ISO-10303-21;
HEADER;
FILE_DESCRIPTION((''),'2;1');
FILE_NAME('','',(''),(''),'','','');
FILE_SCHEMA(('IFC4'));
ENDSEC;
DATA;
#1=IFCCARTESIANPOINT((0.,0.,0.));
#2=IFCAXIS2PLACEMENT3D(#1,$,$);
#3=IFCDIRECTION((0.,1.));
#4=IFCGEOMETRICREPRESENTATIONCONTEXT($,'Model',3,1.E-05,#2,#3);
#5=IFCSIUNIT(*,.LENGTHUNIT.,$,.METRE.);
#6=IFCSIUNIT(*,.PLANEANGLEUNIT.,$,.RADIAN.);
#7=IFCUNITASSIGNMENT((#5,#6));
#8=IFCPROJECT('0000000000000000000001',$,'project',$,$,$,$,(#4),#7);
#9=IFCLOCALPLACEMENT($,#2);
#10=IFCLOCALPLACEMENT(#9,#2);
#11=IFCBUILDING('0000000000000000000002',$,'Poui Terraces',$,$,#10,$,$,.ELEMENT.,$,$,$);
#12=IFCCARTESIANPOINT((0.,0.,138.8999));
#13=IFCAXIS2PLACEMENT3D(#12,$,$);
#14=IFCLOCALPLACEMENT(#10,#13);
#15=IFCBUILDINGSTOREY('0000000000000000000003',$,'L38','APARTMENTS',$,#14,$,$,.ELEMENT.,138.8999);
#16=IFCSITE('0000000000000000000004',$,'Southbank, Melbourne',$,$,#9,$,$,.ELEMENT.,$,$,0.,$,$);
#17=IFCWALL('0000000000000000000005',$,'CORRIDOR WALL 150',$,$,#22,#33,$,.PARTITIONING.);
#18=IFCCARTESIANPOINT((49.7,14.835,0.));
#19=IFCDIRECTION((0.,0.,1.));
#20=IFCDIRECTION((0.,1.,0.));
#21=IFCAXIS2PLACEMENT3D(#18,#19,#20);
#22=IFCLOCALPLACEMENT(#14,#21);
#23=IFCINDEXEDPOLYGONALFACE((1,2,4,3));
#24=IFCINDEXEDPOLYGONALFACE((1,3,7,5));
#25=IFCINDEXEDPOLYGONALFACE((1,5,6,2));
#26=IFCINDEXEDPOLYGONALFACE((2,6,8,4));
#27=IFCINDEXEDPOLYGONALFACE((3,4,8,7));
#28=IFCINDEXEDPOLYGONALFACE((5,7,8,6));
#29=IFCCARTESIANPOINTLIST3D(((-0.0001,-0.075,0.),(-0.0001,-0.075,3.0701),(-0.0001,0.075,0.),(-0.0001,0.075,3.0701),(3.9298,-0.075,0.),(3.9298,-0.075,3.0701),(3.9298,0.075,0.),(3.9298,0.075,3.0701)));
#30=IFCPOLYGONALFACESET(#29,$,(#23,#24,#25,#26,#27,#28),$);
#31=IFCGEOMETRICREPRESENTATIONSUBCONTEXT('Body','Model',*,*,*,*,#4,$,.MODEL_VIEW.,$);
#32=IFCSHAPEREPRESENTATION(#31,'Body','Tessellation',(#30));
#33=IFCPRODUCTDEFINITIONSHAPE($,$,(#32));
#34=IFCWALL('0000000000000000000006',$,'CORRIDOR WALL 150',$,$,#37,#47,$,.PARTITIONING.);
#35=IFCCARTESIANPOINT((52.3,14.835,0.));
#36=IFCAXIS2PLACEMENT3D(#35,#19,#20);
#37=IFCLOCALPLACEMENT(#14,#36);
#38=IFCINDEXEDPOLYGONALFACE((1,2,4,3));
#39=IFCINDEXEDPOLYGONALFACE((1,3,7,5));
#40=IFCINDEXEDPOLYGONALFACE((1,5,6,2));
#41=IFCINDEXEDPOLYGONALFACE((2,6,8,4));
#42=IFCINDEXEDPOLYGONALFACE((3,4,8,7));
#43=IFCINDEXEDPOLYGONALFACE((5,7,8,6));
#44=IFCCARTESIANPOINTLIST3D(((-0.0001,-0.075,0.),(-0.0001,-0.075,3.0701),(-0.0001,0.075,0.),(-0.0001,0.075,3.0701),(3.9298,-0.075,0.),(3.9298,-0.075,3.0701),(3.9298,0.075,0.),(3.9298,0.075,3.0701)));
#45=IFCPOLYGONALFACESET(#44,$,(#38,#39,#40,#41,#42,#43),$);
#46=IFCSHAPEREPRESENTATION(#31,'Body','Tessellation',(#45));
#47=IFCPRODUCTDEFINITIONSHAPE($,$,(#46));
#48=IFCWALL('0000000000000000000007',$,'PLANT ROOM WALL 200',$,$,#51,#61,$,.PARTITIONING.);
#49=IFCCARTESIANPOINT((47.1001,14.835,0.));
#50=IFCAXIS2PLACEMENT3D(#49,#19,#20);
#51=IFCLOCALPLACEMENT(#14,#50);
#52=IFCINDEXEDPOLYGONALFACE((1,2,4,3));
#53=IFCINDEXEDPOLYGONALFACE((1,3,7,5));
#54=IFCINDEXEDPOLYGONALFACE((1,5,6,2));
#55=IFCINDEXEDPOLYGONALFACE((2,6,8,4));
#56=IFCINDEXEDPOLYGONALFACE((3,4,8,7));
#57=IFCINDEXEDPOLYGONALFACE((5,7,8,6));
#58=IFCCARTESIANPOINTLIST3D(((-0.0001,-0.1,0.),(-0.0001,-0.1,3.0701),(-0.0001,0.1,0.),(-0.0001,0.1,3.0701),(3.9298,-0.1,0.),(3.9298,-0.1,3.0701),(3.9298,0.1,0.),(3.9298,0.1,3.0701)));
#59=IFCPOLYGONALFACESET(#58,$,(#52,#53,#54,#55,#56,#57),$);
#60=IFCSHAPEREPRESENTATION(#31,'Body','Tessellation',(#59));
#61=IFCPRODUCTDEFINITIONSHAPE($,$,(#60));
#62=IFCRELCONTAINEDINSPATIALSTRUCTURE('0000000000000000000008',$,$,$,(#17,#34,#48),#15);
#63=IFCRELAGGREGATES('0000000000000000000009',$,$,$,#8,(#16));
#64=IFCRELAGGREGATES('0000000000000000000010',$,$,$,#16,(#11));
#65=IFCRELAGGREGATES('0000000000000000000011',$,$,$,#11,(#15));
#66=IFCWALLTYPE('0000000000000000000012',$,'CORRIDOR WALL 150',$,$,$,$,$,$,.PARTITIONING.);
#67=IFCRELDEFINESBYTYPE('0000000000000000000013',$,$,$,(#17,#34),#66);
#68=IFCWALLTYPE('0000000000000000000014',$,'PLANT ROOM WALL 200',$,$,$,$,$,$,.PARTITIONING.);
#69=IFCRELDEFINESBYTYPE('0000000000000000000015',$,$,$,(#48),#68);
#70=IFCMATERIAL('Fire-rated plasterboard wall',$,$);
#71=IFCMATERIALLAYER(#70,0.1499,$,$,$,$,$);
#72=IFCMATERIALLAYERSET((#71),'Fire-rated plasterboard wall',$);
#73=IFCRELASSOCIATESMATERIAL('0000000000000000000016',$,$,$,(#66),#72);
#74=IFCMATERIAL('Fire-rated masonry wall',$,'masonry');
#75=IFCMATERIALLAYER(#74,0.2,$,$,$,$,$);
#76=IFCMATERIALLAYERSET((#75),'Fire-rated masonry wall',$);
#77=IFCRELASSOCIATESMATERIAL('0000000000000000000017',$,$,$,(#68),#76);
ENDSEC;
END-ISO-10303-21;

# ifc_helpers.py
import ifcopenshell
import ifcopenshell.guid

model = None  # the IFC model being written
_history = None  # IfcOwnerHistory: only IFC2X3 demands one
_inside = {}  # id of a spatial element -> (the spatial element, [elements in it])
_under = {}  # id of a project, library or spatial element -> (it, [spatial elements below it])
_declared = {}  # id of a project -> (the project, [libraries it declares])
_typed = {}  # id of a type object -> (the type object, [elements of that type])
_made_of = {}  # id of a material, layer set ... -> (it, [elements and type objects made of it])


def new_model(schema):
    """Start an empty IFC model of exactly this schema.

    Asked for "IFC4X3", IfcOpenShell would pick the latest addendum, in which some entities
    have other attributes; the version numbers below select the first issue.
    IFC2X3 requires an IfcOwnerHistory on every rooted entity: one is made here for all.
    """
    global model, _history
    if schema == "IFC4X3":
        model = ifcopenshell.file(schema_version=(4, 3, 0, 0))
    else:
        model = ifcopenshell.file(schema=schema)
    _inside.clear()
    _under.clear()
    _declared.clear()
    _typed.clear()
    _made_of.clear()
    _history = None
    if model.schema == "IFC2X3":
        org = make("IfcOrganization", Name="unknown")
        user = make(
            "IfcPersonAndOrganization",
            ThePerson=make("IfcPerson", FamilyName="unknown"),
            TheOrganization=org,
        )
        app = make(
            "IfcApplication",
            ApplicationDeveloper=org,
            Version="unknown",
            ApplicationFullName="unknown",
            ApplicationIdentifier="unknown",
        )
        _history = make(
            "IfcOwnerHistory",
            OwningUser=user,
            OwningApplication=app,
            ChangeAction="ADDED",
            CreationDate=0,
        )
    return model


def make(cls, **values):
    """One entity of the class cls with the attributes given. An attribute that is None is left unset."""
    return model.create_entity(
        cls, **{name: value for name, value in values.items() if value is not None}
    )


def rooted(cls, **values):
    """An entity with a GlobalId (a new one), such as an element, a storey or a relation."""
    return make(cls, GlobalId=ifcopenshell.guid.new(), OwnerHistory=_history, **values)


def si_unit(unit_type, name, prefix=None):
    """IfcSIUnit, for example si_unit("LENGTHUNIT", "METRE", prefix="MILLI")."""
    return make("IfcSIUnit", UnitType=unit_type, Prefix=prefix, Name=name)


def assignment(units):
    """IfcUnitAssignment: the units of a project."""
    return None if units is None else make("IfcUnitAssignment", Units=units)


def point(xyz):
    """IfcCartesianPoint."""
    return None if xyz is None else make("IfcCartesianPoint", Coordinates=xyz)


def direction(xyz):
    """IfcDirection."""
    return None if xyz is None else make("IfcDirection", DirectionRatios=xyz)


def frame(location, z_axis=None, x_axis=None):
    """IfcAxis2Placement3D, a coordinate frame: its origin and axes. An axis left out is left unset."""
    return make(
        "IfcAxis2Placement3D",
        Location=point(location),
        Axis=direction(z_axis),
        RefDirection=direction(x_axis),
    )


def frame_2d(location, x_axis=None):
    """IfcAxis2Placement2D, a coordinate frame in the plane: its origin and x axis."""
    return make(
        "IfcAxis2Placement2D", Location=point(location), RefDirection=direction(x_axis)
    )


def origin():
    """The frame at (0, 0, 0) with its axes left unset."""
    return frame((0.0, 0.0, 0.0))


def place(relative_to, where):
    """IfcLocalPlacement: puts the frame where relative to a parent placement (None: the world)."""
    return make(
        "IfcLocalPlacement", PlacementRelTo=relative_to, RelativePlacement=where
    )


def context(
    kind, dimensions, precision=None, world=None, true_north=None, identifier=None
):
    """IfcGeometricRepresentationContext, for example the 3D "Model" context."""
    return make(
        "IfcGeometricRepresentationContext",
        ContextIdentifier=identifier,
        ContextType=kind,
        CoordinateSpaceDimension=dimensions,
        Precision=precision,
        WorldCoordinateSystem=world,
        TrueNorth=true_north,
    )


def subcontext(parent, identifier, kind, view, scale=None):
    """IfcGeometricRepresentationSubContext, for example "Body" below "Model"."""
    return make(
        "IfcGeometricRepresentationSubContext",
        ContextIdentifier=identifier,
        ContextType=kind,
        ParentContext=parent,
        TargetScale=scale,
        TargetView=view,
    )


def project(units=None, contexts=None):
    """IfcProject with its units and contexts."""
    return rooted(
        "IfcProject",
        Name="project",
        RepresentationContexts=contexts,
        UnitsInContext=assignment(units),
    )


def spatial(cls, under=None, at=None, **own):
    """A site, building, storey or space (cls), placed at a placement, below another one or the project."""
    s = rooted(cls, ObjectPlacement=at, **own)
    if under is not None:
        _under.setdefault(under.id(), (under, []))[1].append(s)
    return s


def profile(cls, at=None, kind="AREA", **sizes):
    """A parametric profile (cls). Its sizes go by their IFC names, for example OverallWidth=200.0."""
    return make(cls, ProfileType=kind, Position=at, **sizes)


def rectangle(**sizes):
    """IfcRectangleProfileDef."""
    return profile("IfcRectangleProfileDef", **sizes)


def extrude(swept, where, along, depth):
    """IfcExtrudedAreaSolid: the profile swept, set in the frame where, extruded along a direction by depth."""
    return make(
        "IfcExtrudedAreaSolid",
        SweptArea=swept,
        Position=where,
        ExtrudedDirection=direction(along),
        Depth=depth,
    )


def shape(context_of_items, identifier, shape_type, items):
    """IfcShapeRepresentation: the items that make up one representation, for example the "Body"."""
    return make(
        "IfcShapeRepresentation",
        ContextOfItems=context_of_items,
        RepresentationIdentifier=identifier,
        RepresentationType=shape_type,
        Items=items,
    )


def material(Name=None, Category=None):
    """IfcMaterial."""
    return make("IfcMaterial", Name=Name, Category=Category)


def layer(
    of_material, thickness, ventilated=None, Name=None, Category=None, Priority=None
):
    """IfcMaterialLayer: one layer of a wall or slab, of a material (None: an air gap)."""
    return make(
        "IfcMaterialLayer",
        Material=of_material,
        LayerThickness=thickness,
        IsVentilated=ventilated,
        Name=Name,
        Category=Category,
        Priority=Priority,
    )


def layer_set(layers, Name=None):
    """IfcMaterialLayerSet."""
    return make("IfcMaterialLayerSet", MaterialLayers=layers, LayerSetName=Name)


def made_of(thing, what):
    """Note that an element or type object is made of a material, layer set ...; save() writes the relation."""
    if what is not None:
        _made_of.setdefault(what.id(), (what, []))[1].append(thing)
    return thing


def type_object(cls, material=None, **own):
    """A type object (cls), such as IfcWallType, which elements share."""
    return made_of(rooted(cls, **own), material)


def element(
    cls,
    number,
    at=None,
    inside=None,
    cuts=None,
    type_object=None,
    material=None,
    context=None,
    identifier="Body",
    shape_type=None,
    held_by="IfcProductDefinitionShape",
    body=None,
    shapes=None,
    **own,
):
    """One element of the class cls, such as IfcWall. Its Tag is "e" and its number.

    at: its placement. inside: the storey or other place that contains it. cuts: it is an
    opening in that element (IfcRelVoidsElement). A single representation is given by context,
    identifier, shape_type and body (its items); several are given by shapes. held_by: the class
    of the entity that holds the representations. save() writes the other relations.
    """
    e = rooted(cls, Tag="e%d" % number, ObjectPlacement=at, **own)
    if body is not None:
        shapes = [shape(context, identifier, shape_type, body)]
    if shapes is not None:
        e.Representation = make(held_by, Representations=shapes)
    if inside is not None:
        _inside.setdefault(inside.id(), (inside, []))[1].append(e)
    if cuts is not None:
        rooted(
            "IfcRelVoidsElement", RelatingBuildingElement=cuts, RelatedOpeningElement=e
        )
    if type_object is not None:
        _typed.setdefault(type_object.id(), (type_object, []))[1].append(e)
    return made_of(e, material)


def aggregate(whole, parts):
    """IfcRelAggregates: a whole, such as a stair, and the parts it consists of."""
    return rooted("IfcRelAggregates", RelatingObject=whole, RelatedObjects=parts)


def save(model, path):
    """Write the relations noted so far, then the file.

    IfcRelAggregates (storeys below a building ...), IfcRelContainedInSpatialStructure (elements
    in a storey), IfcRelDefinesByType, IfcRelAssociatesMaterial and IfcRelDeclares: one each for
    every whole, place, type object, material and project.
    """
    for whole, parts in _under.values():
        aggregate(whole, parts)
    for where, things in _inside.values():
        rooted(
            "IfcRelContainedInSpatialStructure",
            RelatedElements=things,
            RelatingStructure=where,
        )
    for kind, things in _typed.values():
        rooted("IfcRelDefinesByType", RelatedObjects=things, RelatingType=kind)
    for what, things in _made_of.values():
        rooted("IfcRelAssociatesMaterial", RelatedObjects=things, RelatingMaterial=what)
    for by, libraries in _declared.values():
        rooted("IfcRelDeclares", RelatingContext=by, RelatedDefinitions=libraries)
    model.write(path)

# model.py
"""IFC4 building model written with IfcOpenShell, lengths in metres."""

from ifc_helpers import new_model, si_unit, direction, frame, frame_2d, origin, place, context, subcontext, project, spatial, rectangle, extrude, material, layer, layer_set, type_object, element, save


model = new_model("IFC4")

# Units and contexts
model_context = context("Model", 3, precision=1e-05, world=origin(), true_north=direction((0.0, 1.0)))
body_context = subcontext(model_context, "Body", "Model", "MODEL_VIEW")
ifc_project = project(units=[si_unit("LENGTHUNIT", "METRE"), si_unit("PLANEANGLEUNIT", "RADIAN")], contexts=[model_context])

# Site, building, storey
site_placement = place(None, origin())
site = spatial("IfcSite", under=ifc_project, at=site_placement, Name="Southbank, Melbourne", CompositionType="ELEMENT", RefElevation=0.0)
building_placement = place(site_placement, origin())
building = spatial("IfcBuilding", under=site, at=building_placement, Name="Poui Terraces", CompositionType="ELEMENT")
storey_placement = place(building_placement, frame((0.0, 0.0, 138.8999)))
storey = spatial("IfcBuildingStorey", under=building, at=storey_placement, Name="L38", Description="APARTMENTS", CompositionType="ELEMENT", Elevation=138.8999)

# Walls
ifc_material_1 = material(Name="Fire-rated plasterboard wall")
ifc_layer_1 = layer(ifc_material_1, 0.1499)
ifc_layer_set_1 = layer_set([ifc_layer_1], Name="Fire-rated plasterboard wall")
wall_type_1 = type_object("IfcWallType", Name="CORRIDOR WALL 150", PredefinedType="PARTITIONING", material=ifc_layer_set_1)
for number, where, z_axis, x_axis, name in (
    (1, (49.7, 14.835, 0.0), (0.0, 0.0, 1.0), (0.0, 1.0, 0.0), "CORRIDOR WALL 150"),
    (2, (52.3, 14.835, 0.0), (0.0, 0.0, 1.0), (0.0, 1.0, 0.0), "CORRIDOR WALL 150"),
):
    element("IfcWall", number, at=place(storey_placement, frame(where, z_axis=z_axis, x_axis=x_axis)), inside=storey, type_object=wall_type_1, Name=name, PredefinedType="PARTITIONING", context=body_context, shape_type="SweptSolid", body=[
        extrude(rectangle(XDim=3.9299, YDim=0.1499, at=frame_2d((1.9648, 0.0))), origin(), (0.0, 0.0, 1.0), 3.0701),
    ])

# Wall
ifc_material_2 = material(Name="Fire-rated masonry wall", Category="masonry")
ifc_layer_2 = layer(ifc_material_2, 0.2)
ifc_layer_set_2 = layer_set([ifc_layer_2], Name="Fire-rated masonry wall")
wall_type_2 = type_object("IfcWallType", Name="PLANT ROOM WALL 200", PredefinedType="PARTITIONING", material=ifc_layer_set_2)
wall_1_placement = place(storey_placement, frame((47.1001, 14.835, 0.0), z_axis=(0.0, 0.0, 1.0), x_axis=(0.0, 1.0, 0.0)))
element("IfcWall", 3, at=wall_1_placement, inside=storey, type_object=wall_type_2, Name="PLANT ROOM WALL 200", PredefinedType="PARTITIONING", context=body_context, shape_type="SweptSolid", body=[
    extrude(rectangle(XDim=3.9299, YDim=0.2, at=frame_2d((1.9648, 0.0))), origin(), (0.0, 0.0, 1.0), 3.0701),
])

save(model, "model.ifc")
